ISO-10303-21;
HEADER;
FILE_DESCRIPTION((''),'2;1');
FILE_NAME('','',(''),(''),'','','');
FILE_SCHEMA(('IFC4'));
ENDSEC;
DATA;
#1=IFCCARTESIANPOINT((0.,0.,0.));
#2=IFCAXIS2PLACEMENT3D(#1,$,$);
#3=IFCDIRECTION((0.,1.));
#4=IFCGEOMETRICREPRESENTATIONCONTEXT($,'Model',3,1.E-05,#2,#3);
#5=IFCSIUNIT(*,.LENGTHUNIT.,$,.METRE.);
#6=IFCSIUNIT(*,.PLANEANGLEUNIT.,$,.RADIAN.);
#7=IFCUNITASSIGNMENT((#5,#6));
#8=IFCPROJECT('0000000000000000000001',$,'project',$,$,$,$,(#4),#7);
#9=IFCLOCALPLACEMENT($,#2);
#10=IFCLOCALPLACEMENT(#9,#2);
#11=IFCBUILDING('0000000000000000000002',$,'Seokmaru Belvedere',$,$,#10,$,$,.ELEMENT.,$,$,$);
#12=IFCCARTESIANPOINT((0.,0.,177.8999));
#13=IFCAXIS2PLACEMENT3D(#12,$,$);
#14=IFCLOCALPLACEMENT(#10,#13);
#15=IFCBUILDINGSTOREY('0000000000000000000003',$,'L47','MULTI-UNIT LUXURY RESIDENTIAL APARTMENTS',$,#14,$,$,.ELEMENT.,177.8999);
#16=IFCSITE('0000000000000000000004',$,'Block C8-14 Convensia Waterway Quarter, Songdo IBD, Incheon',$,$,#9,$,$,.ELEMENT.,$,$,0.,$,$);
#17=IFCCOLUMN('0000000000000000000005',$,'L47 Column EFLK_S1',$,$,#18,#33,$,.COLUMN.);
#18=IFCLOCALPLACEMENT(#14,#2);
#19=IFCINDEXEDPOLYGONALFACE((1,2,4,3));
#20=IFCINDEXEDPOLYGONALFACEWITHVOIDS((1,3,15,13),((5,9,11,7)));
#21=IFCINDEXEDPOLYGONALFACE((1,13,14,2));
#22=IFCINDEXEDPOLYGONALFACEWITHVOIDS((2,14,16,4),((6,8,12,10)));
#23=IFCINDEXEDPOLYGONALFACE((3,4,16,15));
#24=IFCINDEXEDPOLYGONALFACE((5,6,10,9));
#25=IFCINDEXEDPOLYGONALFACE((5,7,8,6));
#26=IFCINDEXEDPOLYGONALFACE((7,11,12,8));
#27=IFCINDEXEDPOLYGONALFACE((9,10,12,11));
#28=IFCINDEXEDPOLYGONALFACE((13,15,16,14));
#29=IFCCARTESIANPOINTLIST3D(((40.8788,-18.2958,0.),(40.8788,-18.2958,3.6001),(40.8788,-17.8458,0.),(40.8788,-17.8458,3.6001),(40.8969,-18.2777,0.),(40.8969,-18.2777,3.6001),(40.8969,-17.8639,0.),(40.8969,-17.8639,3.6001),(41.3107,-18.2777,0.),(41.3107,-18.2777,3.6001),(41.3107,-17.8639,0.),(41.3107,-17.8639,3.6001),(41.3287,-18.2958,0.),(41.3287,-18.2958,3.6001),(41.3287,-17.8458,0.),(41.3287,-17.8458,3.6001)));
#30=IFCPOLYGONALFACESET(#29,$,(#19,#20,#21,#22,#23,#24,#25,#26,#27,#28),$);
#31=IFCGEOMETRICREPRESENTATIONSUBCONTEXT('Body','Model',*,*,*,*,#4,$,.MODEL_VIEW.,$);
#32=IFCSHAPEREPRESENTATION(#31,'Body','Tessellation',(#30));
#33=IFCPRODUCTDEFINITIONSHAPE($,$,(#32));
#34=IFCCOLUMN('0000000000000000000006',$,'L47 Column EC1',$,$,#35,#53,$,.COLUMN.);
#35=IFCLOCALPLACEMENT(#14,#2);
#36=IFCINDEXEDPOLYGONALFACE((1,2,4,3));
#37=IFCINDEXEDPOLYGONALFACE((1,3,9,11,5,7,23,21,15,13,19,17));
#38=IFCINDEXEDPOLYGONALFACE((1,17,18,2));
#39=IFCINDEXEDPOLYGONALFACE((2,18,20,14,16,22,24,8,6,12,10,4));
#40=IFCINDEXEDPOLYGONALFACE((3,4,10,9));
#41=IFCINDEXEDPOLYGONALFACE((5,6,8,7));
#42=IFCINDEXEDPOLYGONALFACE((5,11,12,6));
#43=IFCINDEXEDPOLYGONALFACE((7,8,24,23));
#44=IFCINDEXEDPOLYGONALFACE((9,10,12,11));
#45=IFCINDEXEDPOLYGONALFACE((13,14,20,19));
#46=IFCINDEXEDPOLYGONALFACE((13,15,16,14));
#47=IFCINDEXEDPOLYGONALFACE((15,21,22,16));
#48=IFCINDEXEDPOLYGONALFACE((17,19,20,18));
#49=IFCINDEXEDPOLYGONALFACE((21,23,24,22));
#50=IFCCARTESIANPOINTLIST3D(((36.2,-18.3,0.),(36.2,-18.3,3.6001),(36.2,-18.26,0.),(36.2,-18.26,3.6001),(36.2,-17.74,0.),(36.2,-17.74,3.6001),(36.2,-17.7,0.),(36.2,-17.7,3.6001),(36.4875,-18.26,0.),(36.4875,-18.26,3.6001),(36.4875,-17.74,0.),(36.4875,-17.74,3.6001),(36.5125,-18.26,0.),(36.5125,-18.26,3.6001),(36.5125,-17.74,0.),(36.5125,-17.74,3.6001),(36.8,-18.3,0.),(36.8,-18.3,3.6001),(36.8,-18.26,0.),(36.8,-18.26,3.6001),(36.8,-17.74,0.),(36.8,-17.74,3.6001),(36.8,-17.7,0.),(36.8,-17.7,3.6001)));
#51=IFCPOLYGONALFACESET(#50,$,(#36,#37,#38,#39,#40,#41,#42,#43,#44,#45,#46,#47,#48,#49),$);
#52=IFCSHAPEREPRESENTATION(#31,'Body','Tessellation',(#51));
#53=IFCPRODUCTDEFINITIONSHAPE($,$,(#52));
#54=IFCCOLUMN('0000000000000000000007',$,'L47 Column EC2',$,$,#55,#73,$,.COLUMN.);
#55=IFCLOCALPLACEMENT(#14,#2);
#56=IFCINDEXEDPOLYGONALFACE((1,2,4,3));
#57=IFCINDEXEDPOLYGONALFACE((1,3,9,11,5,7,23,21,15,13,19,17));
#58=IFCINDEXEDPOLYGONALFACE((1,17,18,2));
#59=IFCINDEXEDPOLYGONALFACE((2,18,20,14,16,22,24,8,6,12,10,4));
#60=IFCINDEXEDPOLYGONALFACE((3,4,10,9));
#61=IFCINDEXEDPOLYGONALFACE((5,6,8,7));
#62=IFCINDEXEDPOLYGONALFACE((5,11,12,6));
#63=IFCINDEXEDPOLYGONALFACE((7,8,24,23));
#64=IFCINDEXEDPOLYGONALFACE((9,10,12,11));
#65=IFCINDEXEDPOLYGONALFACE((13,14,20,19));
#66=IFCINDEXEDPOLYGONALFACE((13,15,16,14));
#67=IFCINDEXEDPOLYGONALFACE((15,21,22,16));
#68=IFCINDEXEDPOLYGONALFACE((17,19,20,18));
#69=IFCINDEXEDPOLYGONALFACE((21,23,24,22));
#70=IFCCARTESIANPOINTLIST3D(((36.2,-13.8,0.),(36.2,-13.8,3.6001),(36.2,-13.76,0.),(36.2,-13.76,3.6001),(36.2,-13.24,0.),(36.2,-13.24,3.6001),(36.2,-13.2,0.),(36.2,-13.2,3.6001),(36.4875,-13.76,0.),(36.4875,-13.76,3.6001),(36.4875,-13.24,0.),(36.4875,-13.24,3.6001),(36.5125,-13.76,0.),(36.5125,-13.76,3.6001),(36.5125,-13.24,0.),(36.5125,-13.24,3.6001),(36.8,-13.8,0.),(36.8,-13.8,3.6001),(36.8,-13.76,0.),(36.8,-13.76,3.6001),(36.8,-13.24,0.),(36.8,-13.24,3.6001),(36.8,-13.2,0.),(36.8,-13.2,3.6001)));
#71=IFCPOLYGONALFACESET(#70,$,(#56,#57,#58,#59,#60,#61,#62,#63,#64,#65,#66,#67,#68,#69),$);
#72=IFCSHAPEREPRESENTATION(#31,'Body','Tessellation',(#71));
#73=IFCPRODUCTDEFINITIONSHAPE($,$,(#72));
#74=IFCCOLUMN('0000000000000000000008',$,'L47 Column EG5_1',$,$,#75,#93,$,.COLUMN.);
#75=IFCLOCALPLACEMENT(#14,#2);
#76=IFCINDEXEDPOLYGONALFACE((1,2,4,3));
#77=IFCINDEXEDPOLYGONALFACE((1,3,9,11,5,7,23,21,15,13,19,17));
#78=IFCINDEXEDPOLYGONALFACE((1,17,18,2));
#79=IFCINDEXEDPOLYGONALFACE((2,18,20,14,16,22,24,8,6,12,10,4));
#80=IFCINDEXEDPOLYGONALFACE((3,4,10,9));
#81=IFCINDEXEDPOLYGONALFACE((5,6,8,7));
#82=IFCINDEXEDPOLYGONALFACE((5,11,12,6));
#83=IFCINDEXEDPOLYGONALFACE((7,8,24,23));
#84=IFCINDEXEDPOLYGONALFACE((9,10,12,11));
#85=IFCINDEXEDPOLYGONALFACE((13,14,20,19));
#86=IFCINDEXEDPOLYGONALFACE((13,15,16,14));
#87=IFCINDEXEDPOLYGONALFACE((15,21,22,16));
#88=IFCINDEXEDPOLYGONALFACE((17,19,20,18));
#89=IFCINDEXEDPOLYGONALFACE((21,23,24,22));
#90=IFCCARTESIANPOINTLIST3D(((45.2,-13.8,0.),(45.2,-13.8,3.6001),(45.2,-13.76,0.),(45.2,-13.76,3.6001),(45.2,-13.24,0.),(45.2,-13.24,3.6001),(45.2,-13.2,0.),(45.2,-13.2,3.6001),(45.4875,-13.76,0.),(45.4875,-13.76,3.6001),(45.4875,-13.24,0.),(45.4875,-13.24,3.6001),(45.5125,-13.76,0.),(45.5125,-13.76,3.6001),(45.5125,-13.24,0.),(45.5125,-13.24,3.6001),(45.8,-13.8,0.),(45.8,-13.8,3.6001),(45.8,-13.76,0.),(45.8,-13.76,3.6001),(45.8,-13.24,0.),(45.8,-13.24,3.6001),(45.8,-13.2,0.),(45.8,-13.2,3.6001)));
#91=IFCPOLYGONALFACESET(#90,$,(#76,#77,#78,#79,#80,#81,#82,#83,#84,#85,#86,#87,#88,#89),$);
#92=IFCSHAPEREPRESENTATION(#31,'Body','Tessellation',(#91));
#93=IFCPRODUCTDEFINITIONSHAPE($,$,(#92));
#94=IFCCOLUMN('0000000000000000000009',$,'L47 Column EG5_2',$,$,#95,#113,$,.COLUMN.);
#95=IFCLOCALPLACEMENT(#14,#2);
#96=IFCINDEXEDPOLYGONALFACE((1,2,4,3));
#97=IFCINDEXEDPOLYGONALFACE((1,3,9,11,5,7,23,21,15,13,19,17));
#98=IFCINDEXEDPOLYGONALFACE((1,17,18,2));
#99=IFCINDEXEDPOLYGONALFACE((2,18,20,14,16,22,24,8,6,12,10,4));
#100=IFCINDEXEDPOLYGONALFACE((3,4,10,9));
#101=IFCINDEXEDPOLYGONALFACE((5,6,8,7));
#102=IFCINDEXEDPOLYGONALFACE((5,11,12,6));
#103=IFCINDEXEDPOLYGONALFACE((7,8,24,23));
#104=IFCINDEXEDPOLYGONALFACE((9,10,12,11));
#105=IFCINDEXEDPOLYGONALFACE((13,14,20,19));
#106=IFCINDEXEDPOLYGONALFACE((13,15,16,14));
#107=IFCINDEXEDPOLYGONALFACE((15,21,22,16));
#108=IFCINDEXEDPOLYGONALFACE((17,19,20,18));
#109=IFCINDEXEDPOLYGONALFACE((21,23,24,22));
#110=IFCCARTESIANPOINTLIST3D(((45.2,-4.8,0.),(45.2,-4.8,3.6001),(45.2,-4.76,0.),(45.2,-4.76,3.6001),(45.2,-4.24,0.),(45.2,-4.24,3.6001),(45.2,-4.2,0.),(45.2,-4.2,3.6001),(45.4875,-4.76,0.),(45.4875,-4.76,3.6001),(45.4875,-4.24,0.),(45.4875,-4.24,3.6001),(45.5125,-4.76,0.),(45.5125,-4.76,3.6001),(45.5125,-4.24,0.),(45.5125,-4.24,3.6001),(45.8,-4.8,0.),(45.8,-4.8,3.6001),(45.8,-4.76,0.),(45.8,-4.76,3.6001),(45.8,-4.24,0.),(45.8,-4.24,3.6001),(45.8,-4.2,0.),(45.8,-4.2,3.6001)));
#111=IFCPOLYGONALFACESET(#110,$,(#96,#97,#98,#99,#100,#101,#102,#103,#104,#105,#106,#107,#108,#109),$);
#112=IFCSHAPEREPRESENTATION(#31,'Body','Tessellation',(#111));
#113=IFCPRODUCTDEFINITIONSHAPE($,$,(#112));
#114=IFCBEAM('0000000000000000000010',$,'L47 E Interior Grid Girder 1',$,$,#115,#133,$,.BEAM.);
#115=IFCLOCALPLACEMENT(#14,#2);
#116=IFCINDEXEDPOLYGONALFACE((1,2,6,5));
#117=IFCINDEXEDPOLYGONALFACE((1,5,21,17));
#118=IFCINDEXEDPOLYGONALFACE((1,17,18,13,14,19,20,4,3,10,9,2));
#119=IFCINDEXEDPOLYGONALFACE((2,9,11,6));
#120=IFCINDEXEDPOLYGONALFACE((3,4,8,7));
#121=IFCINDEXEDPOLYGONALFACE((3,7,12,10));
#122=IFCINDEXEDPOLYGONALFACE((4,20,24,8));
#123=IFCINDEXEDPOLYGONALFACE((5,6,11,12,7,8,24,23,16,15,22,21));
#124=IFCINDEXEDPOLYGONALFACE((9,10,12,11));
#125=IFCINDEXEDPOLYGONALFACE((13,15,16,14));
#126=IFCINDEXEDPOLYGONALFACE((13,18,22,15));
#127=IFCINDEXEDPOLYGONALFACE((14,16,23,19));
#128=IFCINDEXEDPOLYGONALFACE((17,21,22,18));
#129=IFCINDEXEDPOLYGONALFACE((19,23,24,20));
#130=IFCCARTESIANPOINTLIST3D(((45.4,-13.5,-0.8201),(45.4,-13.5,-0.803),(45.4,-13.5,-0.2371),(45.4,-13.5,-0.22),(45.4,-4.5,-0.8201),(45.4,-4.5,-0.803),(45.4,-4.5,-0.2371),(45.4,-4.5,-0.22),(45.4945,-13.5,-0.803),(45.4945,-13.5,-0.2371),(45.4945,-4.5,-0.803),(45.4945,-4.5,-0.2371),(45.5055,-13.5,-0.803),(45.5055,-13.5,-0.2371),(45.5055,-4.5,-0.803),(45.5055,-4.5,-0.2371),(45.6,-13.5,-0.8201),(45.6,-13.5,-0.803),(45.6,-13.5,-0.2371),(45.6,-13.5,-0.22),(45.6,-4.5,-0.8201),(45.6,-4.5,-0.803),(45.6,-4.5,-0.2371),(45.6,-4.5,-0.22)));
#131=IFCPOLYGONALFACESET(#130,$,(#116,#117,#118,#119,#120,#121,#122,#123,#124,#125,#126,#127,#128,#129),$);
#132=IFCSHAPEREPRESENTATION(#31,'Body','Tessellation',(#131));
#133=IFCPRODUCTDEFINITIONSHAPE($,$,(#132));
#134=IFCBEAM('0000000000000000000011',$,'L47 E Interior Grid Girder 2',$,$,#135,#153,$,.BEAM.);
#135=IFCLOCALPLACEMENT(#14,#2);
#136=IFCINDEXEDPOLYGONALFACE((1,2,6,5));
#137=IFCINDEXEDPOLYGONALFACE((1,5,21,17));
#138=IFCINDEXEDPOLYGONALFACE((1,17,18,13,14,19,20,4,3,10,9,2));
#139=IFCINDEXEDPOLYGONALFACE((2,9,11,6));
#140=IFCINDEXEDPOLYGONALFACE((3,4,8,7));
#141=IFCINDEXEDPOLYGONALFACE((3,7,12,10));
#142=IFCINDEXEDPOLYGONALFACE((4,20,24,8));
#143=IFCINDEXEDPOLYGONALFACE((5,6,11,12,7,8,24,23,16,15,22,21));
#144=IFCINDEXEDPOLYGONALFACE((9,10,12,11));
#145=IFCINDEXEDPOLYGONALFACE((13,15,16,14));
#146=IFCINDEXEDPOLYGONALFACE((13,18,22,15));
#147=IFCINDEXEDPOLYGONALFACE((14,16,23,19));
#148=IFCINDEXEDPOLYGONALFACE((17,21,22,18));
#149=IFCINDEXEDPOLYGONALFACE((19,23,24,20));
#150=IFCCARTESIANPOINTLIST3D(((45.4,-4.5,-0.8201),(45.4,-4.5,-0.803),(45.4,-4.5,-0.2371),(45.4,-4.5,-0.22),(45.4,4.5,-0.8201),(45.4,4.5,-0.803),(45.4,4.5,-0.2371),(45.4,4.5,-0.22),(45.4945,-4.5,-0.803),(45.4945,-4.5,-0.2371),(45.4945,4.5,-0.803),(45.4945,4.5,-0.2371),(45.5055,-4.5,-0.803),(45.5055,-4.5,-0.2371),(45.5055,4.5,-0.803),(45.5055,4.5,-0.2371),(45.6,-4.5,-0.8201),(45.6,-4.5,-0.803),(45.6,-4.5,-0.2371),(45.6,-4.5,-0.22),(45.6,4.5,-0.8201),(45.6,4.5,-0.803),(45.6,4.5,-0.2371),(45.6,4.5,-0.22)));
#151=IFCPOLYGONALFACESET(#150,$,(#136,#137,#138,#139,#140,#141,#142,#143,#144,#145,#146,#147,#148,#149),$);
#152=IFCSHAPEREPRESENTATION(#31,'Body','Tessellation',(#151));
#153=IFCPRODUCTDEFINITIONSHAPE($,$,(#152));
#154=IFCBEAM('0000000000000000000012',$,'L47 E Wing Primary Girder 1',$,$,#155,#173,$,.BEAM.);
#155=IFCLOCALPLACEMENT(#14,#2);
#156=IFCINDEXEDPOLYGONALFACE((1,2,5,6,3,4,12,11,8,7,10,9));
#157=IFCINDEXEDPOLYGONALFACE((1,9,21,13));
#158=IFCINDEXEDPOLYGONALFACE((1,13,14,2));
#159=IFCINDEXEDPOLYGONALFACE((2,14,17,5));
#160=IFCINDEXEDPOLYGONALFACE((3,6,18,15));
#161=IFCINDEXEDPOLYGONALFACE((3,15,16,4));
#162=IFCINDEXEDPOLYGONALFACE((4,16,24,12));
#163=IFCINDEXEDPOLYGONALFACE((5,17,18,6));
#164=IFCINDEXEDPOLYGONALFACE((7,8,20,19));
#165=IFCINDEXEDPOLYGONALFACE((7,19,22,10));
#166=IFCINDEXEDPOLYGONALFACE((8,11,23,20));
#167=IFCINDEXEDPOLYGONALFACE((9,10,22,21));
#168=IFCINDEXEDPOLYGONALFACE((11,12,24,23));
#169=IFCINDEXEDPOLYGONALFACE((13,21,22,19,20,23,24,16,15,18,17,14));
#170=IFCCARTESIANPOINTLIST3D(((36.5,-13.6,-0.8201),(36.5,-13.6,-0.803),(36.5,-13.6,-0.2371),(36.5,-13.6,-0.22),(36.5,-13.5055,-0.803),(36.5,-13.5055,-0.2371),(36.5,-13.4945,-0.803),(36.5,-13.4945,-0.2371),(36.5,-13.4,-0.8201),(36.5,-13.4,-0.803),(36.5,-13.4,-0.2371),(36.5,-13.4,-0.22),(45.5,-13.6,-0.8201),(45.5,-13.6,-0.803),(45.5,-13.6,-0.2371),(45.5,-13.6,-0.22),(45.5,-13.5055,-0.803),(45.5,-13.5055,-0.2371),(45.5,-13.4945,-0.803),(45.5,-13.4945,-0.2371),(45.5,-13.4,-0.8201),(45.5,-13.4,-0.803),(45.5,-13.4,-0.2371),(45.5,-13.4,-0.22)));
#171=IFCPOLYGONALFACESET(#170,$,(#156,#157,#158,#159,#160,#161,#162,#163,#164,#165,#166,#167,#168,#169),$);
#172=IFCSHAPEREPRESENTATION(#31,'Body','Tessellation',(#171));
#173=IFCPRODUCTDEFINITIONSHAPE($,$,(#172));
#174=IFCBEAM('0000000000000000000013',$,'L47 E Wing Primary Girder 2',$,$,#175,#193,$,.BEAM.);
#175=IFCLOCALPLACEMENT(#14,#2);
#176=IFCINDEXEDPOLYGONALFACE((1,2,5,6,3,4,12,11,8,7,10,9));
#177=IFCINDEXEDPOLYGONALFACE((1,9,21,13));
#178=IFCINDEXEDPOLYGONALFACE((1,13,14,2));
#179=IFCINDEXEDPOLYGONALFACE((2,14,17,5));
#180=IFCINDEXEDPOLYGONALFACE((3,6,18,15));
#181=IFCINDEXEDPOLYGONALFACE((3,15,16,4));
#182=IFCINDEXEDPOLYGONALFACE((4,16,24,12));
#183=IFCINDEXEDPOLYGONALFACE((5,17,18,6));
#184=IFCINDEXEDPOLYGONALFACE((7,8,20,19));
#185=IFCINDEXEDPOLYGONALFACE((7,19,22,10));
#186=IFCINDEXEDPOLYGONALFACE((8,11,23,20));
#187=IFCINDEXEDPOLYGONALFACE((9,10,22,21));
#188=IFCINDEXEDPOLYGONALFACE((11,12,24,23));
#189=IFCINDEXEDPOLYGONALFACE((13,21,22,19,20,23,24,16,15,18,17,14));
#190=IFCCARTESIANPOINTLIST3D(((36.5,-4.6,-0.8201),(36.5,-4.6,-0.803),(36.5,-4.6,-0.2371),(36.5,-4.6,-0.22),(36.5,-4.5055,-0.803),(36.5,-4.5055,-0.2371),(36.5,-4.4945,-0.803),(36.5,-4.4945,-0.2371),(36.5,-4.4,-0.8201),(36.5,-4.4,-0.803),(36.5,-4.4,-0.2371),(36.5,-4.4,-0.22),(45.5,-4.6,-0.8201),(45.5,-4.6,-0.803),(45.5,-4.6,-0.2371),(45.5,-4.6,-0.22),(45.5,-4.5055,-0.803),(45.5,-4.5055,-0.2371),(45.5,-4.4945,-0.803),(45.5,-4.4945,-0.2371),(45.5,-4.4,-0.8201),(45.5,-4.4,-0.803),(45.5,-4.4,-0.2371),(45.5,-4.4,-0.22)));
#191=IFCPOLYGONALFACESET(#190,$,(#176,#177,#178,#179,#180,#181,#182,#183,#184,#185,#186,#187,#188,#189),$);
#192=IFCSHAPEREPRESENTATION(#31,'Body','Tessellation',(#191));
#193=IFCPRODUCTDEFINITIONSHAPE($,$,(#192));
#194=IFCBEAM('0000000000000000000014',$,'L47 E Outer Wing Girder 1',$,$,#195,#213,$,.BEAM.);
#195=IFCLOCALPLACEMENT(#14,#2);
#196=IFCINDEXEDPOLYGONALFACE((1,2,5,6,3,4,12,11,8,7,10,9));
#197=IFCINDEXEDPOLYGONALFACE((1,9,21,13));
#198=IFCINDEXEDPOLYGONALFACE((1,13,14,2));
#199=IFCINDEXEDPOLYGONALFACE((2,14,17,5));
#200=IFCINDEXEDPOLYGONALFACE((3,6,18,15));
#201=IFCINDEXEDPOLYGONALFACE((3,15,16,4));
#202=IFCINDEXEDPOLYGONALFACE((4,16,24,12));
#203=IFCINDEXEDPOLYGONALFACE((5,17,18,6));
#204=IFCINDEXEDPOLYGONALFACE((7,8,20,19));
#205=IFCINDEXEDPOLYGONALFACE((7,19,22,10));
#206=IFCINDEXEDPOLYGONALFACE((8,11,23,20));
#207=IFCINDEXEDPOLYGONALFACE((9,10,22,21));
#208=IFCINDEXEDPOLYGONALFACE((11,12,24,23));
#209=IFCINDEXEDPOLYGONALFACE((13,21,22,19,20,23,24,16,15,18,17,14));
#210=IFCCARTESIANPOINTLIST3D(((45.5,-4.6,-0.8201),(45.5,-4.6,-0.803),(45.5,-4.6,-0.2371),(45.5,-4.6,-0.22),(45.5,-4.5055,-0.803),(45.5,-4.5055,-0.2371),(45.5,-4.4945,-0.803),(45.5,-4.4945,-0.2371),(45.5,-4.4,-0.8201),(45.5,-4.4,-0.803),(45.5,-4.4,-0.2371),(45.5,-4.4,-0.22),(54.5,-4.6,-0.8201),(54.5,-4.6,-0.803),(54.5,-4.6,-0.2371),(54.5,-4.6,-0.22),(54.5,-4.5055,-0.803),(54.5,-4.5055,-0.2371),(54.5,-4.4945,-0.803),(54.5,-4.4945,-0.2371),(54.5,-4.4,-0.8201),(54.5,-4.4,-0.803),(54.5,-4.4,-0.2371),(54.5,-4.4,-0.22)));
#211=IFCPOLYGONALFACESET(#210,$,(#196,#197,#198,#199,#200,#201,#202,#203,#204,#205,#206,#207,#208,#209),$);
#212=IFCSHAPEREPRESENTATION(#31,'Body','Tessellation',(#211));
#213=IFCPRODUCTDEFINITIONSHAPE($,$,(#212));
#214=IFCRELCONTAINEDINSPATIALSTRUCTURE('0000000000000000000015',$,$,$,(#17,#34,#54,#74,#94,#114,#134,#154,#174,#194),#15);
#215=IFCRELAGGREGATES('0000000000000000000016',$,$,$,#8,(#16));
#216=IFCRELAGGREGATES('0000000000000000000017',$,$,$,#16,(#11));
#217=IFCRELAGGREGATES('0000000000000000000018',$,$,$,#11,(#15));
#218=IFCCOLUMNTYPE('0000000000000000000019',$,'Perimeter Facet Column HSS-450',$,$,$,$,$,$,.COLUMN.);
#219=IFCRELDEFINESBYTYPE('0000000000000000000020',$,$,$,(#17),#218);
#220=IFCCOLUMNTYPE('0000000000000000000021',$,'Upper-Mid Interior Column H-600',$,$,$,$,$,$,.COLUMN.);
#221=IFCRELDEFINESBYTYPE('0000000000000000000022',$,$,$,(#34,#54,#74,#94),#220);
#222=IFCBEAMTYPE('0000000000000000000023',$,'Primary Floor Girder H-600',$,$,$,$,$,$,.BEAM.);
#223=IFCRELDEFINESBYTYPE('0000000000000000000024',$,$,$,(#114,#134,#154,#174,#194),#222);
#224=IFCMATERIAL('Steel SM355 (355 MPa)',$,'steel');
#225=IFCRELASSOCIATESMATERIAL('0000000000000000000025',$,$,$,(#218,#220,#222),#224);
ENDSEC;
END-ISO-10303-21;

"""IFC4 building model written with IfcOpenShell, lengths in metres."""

from ifc_helpers import new_model, si_unit, direction, frame, origin, origin_2d, place, context, subcontext, project, spatial, hollow_rectangle, i_section, extrude, source, transform, mapped, material, material_profile, profile_set, type_object, type_shapes, element, save


model = new_model("IFC4")

# Units and contexts
model_context = context("Model", 3, precision=1e-05, world=origin(), true_north=direction((0.0, 1.0)))
body_context = subcontext(model_context, "Body", "Model", "MODEL_VIEW")
ifc_project = project(units=[si_unit("LENGTHUNIT", "METRE"), si_unit("PLANEANGLEUNIT", "RADIAN")], contexts=[model_context])

# Site, building, storey
site_placement = place(None, origin())
site = spatial("IfcSite", under=ifc_project, at=site_placement, Name="Block C8-14 Convensia Waterway Quarter, Songdo IBD, Incheon", CompositionType="ELEMENT", RefElevation=0.0)
building_placement = place(site_placement, origin())
building = spatial("IfcBuilding", under=site, at=building_placement, Name="Seokmaru Belvedere", CompositionType="ELEMENT")
storey_placement = place(building_placement, frame((0.0, 0.0, 177.8999)))
storey = spatial("IfcBuildingStorey", under=building, at=storey_placement, Name="L47", Description="MULTI-UNIT LUXURY RESIDENTIAL APARTMENTS", CompositionType="ELEMENT", Elevation=177.8999)

# Columns
ifc_material_1 = material(Name="Steel SM355 (355 MPa)", Category="steel")
ifc_material_profile_1 = material_profile(ifc_material_1, hollow_rectangle(XDim=0.45, YDim=0.45, WallThickness=0.0181, at=origin_2d()), Name="HSS-450x450x18")
ifc_profile_set_1 = profile_set([ifc_material_profile_1], Name="Steel SM355 (355 MPa)")
column_type_1 = type_object("IfcColumnType", Name="Perimeter Facet Column HSS-450", PredefinedType="COLUMN", material=ifc_profile_set_1)
shared_shape_1 = source(origin(), body_context, "Body", "SweptSolid", [
    extrude(hollow_rectangle(XDim=0.45, YDim=0.45, WallThickness=0.0181, at=origin_2d()), origin(), (0.0, 0.0, 1.0), 3.6001),
])
type_shapes(column_type_1, [shared_shape_1])
column_placement = place(storey_placement, frame((41.1038, -18.0708, 0.0), z_axis=(0.0, 0.0, 1.0), x_axis=(1.0, 0.0, 0.0)))
element("IfcColumn", 1, at=column_placement, inside=storey, type_object=column_type_1, Name="L47 Column EFLK_S1", PredefinedType="COLUMN", context=body_context, shape_type="MappedRepresentation", body=[
    mapped(shared_shape_1, transform((0.0, 0.0, 0.0), scale=1.0)),
])
ifc_material_profile_2 = material_profile(ifc_material_1, i_section(OverallWidth=0.6001, OverallDepth=0.6001, WebThickness=0.0249, FlangeThickness=0.04, at=origin_2d()), Name="H-600x600x25x40")
ifc_profile_set_2 = profile_set([ifc_material_profile_2], Name="Steel SM355 (355 MPa)")
column_type_2 = type_object("IfcColumnType", Name="Upper-Mid Interior Column H-600", PredefinedType="COLUMN", material=ifc_profile_set_2)
shared_shape_2 = source(origin(), body_context, "Body", "SweptSolid", [
    extrude(i_section(OverallWidth=0.6001, OverallDepth=0.6001, WebThickness=0.0249, FlangeThickness=0.04, at=origin_2d()), origin(), (0.0, 0.0, 1.0), 3.6001),
])
type_shapes(column_type_2, [shared_shape_2])
for number, where, z_axis, x_axis, name in (
    (2, (36.5, -18.0, 0.0), (0.0, 0.0, 1.0), (1.0, 0.0, 0.0), "L47 Column EC1"),
    (3, (36.5, -13.5, 0.0), (0.0, 0.0, 1.0), (1.0, 0.0, 0.0), "L47 Column EC2"),
    (4, (45.5, -13.5, 0.0), (0.0, 0.0, 1.0), (1.0, 0.0, 0.0), "L47 Column EG5_1"),
    (5, (45.5, -4.5, 0.0), (0.0, 0.0, 1.0), (1.0, 0.0, 0.0), "L47 Column EG5_2"),
):
    element("IfcColumn", number, at=place(storey_placement, frame(where, z_axis=z_axis, x_axis=x_axis)), inside=storey, type_object=column_type_2, Name=name, PredefinedType="COLUMN", context=body_context, shape_type="MappedRepresentation", body=[
        mapped(shared_shape_2, transform((0.0, 0.0, 0.0), scale=1.0)),
    ])

# Beams
ifc_material_profile_3 = material_profile(ifc_material_1, i_section(OverallWidth=0.2, OverallDepth=0.6001, WebThickness=0.011, FlangeThickness=0.0171, at=origin_2d()), Name="H-600x200x11x17")
ifc_profile_set_3 = profile_set([ifc_material_profile_3], Name="Steel SM355 (355 MPa)")
beam_type_1 = type_object("IfcBeamType", Name="Primary Floor Girder H-600", PredefinedType="BEAM", material=ifc_profile_set_3)
shared_shape_3 = source(origin(), body_context, "Body", "SweptSolid", [
    extrude(i_section(OverallWidth=0.2, OverallDepth=0.6001, WebThickness=0.011, FlangeThickness=0.0171, at=origin_2d()), origin(), (0.0, 0.0, 1.0), 9.0),
])
for number, where, z_axis, x_axis, name in (
    (6, (45.5, -13.5, -0.52), (0.0, 1.0, 0.0), (-1.0, 0.0, 0.0), "L47 E Interior Grid Girder 1"),
    (7, (45.5, -4.5, -0.52), (0.0, 1.0, 0.0), (-1.0, 0.0, 0.0), "L47 E Interior Grid Girder 2"),
    (8, (36.5, -13.5, -0.52), (1.0, 0.0, 0.0), (0.0, 1.0, 0.0), "L47 E Wing Primary Girder 1"),
    (9, (36.5, -4.5, -0.52), (1.0, 0.0, 0.0), (0.0, 1.0, 0.0), "L47 E Wing Primary Girder 2"),
    (10, (45.5, -4.5, -0.52), (1.0, 0.0, 0.0), (0.0, 1.0, 0.0), "L47 E Outer Wing Girder 1"),
):
    element("IfcBeam", number, at=place(storey_placement, frame(where, z_axis=z_axis, x_axis=x_axis)), inside=storey, type_object=beam_type_1, Name=name, PredefinedType="BEAM", context=body_context, shape_type="MappedRepresentation", body=[
        mapped(shared_shape_3, transform((0.0, 0.0, 0.0), scale=1.0)),
    ])

save(model, "model.ifc")
